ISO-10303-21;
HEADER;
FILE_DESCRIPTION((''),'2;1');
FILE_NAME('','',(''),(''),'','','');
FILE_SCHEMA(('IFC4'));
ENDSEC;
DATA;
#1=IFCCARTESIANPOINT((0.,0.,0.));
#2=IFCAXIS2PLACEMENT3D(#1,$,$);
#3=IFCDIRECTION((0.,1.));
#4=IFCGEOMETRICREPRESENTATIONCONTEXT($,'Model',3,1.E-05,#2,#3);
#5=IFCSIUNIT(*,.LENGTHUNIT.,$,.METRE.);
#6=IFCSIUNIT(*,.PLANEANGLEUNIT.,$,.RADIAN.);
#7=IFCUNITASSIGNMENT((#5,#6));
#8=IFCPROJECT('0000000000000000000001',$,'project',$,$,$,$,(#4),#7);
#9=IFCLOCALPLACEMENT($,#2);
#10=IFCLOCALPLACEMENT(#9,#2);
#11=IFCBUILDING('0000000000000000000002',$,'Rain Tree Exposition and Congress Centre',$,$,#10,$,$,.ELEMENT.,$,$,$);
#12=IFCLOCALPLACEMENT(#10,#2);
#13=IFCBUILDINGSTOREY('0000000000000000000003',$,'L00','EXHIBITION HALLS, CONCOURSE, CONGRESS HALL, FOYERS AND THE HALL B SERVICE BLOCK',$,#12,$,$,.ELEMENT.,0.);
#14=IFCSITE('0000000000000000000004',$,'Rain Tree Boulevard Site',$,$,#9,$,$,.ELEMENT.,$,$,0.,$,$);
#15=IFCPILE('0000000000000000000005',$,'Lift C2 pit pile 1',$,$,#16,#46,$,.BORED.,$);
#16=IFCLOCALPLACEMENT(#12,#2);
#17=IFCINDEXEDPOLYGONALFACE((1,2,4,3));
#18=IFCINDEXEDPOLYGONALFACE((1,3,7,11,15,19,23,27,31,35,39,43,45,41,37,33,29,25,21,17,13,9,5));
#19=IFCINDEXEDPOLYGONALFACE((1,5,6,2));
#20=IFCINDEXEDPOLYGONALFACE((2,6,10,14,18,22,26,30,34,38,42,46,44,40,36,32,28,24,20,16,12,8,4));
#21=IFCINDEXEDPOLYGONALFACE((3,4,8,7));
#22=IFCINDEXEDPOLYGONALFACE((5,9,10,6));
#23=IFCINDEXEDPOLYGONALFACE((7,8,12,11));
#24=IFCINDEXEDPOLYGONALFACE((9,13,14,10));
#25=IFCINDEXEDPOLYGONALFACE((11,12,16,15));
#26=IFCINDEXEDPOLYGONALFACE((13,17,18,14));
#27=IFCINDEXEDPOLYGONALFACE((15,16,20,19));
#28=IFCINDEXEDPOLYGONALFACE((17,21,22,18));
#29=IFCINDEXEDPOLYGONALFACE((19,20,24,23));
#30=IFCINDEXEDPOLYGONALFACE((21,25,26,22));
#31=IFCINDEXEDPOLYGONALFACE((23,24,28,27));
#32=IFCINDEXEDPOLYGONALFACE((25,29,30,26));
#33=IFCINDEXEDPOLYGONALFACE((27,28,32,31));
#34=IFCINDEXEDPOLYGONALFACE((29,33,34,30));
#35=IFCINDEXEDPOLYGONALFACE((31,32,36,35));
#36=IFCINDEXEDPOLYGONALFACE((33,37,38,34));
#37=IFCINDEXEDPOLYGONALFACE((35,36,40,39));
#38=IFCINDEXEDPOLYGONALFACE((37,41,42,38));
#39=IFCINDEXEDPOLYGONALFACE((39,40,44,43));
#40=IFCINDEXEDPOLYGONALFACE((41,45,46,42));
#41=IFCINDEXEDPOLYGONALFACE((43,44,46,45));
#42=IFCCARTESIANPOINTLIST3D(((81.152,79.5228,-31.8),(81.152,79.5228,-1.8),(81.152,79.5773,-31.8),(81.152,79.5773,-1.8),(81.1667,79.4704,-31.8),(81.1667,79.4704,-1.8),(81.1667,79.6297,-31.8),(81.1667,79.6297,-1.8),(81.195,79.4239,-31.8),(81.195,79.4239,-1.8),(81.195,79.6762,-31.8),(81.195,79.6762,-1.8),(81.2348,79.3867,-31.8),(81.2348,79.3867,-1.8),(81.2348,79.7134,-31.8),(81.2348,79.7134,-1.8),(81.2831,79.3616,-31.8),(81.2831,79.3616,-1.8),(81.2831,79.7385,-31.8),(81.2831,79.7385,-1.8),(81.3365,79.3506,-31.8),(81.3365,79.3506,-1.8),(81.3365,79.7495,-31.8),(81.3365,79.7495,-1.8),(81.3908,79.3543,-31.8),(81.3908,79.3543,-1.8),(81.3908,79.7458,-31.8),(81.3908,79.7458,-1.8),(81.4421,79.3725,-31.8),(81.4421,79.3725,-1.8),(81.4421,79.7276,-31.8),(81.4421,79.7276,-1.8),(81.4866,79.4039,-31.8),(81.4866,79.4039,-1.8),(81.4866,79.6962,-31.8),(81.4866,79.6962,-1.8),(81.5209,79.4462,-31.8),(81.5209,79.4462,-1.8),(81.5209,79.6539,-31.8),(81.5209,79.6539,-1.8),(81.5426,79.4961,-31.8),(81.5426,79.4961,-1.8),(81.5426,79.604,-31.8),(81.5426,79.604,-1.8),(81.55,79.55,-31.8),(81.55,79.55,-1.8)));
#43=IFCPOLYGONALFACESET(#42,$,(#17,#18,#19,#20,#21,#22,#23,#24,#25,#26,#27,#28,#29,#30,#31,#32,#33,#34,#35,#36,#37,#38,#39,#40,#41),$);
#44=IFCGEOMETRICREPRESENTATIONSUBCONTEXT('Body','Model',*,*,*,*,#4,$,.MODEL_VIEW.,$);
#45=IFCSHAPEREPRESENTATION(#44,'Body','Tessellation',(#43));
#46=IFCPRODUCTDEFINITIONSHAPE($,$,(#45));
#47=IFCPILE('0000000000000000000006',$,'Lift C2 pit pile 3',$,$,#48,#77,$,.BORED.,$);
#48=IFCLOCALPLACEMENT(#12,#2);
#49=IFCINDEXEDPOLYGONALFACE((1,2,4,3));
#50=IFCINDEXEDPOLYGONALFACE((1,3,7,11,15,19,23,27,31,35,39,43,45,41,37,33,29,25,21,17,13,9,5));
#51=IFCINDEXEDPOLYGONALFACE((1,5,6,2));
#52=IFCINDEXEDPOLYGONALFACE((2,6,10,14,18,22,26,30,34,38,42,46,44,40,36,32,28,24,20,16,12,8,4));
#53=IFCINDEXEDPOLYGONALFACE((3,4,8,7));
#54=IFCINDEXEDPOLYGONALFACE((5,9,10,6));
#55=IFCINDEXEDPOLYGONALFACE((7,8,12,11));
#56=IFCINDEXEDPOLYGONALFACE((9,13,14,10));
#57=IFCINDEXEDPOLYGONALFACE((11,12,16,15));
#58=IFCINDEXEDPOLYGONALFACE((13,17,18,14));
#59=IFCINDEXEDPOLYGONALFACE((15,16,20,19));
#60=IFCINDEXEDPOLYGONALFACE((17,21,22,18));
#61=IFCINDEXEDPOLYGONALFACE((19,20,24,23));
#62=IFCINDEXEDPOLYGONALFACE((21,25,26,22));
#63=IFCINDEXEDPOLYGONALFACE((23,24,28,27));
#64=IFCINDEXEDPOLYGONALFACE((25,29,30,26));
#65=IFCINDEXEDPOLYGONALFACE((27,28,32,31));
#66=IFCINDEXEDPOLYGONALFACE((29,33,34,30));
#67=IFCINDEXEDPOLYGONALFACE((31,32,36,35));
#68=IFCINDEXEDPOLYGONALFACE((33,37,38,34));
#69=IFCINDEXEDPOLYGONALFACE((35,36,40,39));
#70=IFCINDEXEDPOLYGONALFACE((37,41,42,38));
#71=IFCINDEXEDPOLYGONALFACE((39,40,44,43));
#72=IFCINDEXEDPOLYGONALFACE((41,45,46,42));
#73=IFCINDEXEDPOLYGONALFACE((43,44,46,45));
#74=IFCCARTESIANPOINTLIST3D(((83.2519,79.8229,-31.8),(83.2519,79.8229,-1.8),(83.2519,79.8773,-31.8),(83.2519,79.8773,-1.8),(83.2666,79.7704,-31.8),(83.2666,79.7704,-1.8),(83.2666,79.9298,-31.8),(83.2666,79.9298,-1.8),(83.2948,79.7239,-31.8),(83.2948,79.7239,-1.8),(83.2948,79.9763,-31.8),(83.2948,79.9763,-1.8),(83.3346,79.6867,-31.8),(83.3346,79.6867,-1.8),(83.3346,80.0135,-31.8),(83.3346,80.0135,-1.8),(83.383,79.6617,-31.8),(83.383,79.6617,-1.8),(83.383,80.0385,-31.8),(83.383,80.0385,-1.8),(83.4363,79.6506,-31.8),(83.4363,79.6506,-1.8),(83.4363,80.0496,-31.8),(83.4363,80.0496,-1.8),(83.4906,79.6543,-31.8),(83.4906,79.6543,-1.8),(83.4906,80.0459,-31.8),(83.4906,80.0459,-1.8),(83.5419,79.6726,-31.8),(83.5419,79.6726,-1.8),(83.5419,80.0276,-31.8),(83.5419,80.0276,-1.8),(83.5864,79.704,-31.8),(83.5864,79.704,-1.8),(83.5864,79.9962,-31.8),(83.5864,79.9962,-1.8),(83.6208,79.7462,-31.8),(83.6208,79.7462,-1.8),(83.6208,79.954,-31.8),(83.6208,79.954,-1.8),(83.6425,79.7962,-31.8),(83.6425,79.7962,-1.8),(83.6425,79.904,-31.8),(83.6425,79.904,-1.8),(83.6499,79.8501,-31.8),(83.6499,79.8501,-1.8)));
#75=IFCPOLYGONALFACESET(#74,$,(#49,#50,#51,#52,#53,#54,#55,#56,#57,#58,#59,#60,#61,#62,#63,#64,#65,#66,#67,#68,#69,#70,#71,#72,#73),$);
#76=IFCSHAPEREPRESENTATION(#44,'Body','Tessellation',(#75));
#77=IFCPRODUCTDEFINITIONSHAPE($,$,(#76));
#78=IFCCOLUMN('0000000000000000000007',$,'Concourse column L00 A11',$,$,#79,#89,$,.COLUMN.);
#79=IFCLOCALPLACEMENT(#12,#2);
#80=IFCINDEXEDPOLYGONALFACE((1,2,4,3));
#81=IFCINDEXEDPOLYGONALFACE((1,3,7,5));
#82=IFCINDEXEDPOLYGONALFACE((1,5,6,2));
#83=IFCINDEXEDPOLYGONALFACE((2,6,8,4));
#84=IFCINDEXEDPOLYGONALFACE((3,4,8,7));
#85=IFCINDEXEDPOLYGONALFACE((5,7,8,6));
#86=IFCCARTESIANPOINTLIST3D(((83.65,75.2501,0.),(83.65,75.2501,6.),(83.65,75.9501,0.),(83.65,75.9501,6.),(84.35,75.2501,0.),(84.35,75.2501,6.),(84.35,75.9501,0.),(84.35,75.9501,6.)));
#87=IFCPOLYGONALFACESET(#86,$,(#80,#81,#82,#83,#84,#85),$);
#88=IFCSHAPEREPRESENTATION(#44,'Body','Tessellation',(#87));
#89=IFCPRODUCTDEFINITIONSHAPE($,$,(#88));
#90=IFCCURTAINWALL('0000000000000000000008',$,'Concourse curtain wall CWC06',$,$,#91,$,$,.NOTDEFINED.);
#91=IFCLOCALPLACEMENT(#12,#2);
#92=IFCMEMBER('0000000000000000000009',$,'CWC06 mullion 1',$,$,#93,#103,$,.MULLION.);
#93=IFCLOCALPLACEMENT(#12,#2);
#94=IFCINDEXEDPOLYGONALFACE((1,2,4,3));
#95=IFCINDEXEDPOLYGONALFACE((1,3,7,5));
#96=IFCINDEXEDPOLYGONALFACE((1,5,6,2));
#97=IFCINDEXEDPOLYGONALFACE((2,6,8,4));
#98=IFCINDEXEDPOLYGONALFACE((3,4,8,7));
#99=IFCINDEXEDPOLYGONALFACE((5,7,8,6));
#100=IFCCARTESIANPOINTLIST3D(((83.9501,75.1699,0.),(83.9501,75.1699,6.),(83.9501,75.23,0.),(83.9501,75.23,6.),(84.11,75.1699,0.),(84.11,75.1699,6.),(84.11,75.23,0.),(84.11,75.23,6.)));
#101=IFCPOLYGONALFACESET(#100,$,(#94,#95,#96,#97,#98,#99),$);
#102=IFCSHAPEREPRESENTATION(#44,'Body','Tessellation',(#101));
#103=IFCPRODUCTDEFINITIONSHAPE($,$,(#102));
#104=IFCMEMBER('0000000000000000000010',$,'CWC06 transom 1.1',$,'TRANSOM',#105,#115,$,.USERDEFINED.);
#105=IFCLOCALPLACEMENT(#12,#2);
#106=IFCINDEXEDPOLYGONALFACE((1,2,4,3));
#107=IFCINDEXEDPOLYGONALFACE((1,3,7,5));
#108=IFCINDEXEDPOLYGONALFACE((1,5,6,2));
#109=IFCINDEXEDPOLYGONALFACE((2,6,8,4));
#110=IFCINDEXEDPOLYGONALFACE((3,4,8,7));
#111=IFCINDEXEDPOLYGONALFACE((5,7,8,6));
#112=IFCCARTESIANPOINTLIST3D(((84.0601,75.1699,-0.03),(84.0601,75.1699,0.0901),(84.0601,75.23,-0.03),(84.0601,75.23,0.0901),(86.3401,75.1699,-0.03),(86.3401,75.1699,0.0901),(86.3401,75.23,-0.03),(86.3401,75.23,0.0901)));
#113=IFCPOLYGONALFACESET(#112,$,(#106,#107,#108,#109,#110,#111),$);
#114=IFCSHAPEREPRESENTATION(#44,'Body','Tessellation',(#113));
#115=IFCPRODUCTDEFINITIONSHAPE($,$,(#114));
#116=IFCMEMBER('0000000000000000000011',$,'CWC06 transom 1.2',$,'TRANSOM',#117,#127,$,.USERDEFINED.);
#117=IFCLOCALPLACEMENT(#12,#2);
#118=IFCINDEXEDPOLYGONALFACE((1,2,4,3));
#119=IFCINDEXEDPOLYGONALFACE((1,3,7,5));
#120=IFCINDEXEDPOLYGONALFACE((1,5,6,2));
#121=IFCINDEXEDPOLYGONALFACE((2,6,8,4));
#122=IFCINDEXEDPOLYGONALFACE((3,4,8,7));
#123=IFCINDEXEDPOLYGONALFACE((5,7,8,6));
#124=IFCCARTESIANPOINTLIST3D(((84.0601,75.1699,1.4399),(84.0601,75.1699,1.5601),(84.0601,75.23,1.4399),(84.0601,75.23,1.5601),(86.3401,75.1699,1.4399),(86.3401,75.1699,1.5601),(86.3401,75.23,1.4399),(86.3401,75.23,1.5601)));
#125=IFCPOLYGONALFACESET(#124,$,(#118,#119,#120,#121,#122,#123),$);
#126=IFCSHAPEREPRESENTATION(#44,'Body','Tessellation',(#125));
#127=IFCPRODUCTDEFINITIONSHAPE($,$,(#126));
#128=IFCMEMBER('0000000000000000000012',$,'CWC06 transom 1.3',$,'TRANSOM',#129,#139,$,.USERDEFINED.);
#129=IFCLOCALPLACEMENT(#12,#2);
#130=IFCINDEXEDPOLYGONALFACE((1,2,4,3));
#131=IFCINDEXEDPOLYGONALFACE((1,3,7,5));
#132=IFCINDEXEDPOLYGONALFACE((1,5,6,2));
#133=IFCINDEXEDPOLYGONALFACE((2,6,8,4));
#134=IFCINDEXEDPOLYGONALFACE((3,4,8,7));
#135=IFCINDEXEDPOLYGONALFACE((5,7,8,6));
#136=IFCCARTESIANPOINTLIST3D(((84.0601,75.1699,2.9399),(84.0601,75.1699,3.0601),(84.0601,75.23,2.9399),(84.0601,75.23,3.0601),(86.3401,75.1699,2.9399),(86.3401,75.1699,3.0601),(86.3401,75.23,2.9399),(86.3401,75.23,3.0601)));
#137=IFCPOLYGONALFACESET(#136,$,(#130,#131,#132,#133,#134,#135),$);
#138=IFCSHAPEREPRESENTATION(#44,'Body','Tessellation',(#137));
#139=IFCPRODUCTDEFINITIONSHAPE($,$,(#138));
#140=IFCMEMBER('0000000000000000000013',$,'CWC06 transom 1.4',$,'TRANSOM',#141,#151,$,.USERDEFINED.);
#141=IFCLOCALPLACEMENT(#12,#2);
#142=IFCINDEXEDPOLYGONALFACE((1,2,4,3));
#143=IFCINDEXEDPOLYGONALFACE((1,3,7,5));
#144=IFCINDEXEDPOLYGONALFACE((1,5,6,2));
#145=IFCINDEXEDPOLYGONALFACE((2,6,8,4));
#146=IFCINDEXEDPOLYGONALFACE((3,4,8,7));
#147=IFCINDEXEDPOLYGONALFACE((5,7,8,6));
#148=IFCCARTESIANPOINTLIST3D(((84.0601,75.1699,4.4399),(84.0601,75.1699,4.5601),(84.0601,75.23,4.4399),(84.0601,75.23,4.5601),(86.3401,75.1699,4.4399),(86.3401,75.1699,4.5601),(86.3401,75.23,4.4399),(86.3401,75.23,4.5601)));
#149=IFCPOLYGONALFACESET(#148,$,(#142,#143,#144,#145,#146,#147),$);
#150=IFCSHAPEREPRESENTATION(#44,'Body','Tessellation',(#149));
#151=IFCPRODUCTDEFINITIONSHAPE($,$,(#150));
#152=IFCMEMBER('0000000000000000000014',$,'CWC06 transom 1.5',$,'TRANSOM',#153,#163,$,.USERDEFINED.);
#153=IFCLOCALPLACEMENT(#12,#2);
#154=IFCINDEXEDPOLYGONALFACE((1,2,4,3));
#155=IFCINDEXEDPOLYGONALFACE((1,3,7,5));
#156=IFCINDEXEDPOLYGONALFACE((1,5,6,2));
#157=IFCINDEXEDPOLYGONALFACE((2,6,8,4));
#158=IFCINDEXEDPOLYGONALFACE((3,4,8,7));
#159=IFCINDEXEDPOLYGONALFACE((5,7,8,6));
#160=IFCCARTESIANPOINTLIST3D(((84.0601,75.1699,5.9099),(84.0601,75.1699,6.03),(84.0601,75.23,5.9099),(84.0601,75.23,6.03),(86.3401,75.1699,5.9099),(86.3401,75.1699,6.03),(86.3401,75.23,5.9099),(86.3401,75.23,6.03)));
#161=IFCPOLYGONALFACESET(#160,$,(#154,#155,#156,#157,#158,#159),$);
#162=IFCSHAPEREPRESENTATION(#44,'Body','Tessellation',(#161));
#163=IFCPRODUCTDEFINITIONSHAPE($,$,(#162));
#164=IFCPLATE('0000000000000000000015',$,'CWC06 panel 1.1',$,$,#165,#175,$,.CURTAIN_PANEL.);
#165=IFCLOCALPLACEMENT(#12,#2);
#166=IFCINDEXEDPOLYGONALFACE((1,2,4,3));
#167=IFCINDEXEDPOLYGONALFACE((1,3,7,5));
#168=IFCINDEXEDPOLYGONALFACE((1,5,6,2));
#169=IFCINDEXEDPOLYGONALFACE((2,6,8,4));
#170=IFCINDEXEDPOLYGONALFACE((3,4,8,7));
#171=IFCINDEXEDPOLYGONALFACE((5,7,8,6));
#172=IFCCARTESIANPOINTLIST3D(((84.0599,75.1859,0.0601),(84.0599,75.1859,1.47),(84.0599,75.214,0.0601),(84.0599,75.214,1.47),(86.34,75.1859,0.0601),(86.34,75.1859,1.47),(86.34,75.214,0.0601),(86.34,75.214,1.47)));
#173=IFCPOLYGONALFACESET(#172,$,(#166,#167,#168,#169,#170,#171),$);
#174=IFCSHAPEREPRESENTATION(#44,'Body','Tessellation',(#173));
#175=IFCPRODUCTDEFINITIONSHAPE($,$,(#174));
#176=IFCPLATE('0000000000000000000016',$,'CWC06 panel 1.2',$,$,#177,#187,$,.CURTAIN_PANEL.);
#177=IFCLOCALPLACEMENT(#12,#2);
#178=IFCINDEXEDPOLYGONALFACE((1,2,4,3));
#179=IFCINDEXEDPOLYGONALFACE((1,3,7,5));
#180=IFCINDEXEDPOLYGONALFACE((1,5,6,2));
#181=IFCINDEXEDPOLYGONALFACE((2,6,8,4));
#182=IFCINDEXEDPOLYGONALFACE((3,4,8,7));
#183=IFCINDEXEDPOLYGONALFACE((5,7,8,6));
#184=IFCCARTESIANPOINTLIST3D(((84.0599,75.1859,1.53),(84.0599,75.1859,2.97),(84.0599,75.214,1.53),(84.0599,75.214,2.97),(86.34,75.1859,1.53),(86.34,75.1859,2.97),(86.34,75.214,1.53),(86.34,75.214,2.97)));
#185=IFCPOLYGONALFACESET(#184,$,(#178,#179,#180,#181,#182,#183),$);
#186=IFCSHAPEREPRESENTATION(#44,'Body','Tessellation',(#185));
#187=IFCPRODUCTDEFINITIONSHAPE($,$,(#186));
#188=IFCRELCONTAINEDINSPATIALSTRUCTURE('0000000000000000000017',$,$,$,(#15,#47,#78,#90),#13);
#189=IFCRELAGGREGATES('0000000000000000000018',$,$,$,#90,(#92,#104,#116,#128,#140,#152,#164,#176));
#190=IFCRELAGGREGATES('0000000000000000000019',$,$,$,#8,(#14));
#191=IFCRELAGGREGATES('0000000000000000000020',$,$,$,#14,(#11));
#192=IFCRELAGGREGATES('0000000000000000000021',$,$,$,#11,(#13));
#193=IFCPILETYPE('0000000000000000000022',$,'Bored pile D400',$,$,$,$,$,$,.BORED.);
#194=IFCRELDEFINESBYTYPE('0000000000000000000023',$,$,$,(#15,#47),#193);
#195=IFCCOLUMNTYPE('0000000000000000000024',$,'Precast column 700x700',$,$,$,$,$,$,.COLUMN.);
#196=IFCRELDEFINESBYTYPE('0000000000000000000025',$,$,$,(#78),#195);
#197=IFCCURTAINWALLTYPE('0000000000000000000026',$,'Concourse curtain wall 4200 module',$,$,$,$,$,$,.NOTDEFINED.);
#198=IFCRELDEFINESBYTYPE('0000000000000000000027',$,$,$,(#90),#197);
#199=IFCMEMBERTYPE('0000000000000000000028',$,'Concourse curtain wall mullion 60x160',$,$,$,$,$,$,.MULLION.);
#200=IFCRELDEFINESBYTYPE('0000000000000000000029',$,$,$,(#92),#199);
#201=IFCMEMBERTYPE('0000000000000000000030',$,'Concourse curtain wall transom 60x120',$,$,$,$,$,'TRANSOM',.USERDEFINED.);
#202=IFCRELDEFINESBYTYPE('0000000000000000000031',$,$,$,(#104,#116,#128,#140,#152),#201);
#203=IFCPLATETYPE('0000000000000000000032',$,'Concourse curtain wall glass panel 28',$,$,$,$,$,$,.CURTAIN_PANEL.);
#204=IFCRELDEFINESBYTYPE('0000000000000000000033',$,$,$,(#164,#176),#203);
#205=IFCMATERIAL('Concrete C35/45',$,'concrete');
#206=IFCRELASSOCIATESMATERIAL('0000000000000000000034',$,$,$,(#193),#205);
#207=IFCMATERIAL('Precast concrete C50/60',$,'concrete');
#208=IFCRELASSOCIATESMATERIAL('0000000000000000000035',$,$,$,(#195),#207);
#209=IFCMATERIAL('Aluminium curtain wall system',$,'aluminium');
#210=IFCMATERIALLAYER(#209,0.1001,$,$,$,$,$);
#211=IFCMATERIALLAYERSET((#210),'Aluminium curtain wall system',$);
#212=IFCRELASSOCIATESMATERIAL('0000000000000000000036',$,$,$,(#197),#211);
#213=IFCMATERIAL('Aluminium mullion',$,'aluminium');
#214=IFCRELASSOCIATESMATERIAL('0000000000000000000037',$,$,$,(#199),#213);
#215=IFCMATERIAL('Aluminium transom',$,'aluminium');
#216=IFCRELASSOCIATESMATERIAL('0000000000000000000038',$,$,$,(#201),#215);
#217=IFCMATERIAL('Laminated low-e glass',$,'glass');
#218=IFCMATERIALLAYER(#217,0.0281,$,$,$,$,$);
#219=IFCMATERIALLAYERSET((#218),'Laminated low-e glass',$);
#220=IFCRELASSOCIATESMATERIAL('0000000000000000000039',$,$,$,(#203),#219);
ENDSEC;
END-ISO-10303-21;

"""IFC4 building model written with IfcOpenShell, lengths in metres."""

from ifc_helpers import new_model, si_unit, direction, frame, origin, origin_2d, place, context, subcontext, project, spatial, rectangle, circle, extrude, material, layer, layer_set, material_profile, profile_set, type_object, element, aggregate, save


model = new_model("IFC4")

# Units and contexts
model_context = context("Model", 3, precision=1e-05, world=origin(), true_north=direction((0.0, 1.0)))
body_context = subcontext(model_context, "Body", "Model", "MODEL_VIEW")
ifc_project = project(units=[si_unit("LENGTHUNIT", "METRE"), si_unit("PLANEANGLEUNIT", "RADIAN")], contexts=[model_context])

# Site, building, storey
site_placement = place(None, origin())
site = spatial("IfcSite", under=ifc_project, at=site_placement, Name="Rain Tree Boulevard Site", CompositionType="ELEMENT", RefElevation=0.0)
building_placement = place(site_placement, origin())
building = spatial("IfcBuilding", under=site, at=building_placement, Name="Rain Tree Exposition and Congress Centre", CompositionType="ELEMENT")
storey_placement = place(building_placement, origin())
storey = spatial("IfcBuildingStorey", under=building, at=storey_placement, Name="L00", Description="EXHIBITION HALLS, CONCOURSE, CONGRESS HALL, FOYERS AND THE HALL B SERVICE BLOCK", CompositionType="ELEMENT", Elevation=0.0)

# Piles
ifc_material_1 = material(Name="Concrete C35/45", Category="concrete")
ifc_material_profile_1 = material_profile(ifc_material_1, circle(Radius=0.2, at=origin_2d()), Name="D400")
ifc_profile_set_1 = profile_set([ifc_material_profile_1], Name="Concrete C35/45")
pile_type = type_object("IfcPileType", Name="Bored pile D400", PredefinedType="BORED", material=ifc_profile_set_1)
for number, where, z_axis, x_axis, name in (
    (1, (81.3501, 79.55, -1.8), (0.0, 0.0, -1.0), (1.0, 0.0, 0.0), "Lift C2 pit pile 1"),
    (2, (83.45, 79.8501, -1.8), (0.0, 0.0, -1.0), (1.0, 0.0, 0.0), "Lift C2 pit pile 3"),
):
    element("IfcPile", number, at=place(storey_placement, frame(where, z_axis=z_axis, x_axis=x_axis)), inside=storey, type_object=pile_type, Name=name, PredefinedType="BORED", context=body_context, shape_type="SweptSolid", body=[
        extrude(circle(Radius=0.2, at=origin_2d()), origin(), (0.0, 0.0, 1.0), 30.0),
    ])

# Column
ifc_material_2 = material(Name="Precast concrete C50/60", Category="concrete")
ifc_material_profile_2 = material_profile(ifc_material_2, rectangle(XDim=0.7, YDim=0.7, at=origin_2d()), Name="RC 700x700")
ifc_profile_set_2 = profile_set([ifc_material_profile_2], Name="Precast concrete C50/60")
column_type = type_object("IfcColumnType", Name="Precast column 700x700", PredefinedType="COLUMN", material=ifc_profile_set_2)
column_placement = place(storey_placement, frame((84.0, 75.6001, 0.0), z_axis=(0.0, 0.0, 1.0), x_axis=(1.0, 0.0, 0.0)))
element("IfcColumn", 3, at=column_placement, inside=storey, type_object=column_type, Name="Concourse column L00 A11", PredefinedType="COLUMN", context=body_context, shape_type="SweptSolid", body=[
    extrude(rectangle(XDim=0.7, YDim=0.7, at=origin_2d()), origin(), (0.0, 0.0, 1.0), 6.0),
])

# Curtain wall, members, plates
ifc_material_3 = material(Name="Aluminium curtain wall system", Category="aluminium")
ifc_layer_1 = layer(ifc_material_3, 0.1001)
ifc_layer_set_1 = layer_set([ifc_layer_1], Name="Aluminium curtain wall system")
curtain_wall_type = type_object("IfcCurtainWallType", Name="Concourse curtain wall 4200 module", PredefinedType="NOTDEFINED", material=ifc_layer_set_1)
curtain_wall_placement = place(storey_placement, origin())
curtain_wall = element("IfcCurtainWall", 4, at=curtain_wall_placement, inside=storey, type_object=curtain_wall_type, Name="Concourse curtain wall CWC06", PredefinedType="NOTDEFINED")
ifc_material_4 = material(Name="Aluminium mullion", Category="aluminium")
ifc_material_profile_3 = material_profile(ifc_material_4, rectangle(XDim=0.0601, YDim=0.1599, at=origin_2d()), Name="AL 60x160")
ifc_profile_set_3 = profile_set([ifc_material_profile_3], Name="Aluminium mullion")
member_type_1 = type_object("IfcMemberType", Name="Concourse curtain wall mullion 60x160", PredefinedType="MULLION", material=ifc_profile_set_3)
member_1_placement = place(storey_placement, frame((84.03, 75.2, 0.0), z_axis=(0.0, 0.0, 1.0), x_axis=(0.0, 1.0, 0.0)))
member_1 = element("IfcMember", 5, at=member_1_placement, type_object=member_type_1, Name="CWC06 mullion 1", PredefinedType="MULLION", context=body_context, shape_type="SweptSolid", body=[
    extrude(rectangle(XDim=0.0601, YDim=0.1599, at=origin_2d()), origin(), (0.0, 0.0, 1.0), 6.0),
])
ifc_material_5 = material(Name="Aluminium transom", Category="aluminium")
ifc_material_profile_4 = material_profile(ifc_material_5, rectangle(XDim=0.0601, YDim=0.1201, at=origin_2d()), Name="AL 60x120")
ifc_profile_set_4 = profile_set([ifc_material_profile_4], Name="Aluminium transom")
member_type_2 = type_object("IfcMemberType", Name="Concourse curtain wall transom 60x120", ElementType="TRANSOM", PredefinedType="USERDEFINED", material=ifc_profile_set_4)
member_2_placement = place(storey_placement, frame((84.0601, 75.2, 0.03), z_axis=(1.0, 0.0, 0.0), x_axis=(0.0, 1.0, 0.0)))
member_2 = element("IfcMember", 6, at=member_2_placement, type_object=member_type_2, Name="CWC06 transom 1.1", ObjectType="TRANSOM", PredefinedType="USERDEFINED", context=body_context, shape_type="SweptSolid", body=[
    extrude(rectangle(XDim=0.0601, YDim=0.1201, at=origin_2d()), origin(), (0.0, 0.0, 1.0), 2.28),
])
member_3_placement = place(storey_placement, frame((84.0601, 75.2, 1.5), z_axis=(1.0, 0.0, 0.0), x_axis=(0.0, 1.0, 0.0)))
member_3 = element("IfcMember", 7, at=member_3_placement, type_object=member_type_2, Name="CWC06 transom 1.2", ObjectType="TRANSOM", PredefinedType="USERDEFINED", context=body_context, shape_type="SweptSolid", body=[
    extrude(rectangle(XDim=0.0601, YDim=0.1201, at=origin_2d()), origin(), (0.0, 0.0, 1.0), 2.28),
])
member_4_placement = place(storey_placement, frame((84.0601, 75.2, 3.0), z_axis=(1.0, 0.0, 0.0), x_axis=(0.0, 1.0, 0.0)))
member_4 = element("IfcMember", 8, at=member_4_placement, type_object=member_type_2, Name="CWC06 transom 1.3", ObjectType="TRANSOM", PredefinedType="USERDEFINED", context=body_context, shape_type="SweptSolid", body=[
    extrude(rectangle(XDim=0.0601, YDim=0.1201, at=origin_2d()), origin(), (0.0, 0.0, 1.0), 2.28),
])
member_5_placement = place(storey_placement, frame((84.0601, 75.2, 4.5), z_axis=(1.0, 0.0, 0.0), x_axis=(0.0, 1.0, 0.0)))
member_5 = element("IfcMember", 9, at=member_5_placement, type_object=member_type_2, Name="CWC06 transom 1.4", ObjectType="TRANSOM", PredefinedType="USERDEFINED", context=body_context, shape_type="SweptSolid", body=[
    extrude(rectangle(XDim=0.0601, YDim=0.1201, at=origin_2d()), origin(), (0.0, 0.0, 1.0), 2.28),
])
member_6_placement = place(storey_placement, frame((84.0601, 75.2, 5.97), z_axis=(1.0, 0.0, 0.0), x_axis=(0.0, 1.0, 0.0)))
member_6 = element("IfcMember", 10, at=member_6_placement, type_object=member_type_2, Name="CWC06 transom 1.5", ObjectType="TRANSOM", PredefinedType="USERDEFINED", context=body_context, shape_type="SweptSolid", body=[
    extrude(rectangle(XDim=0.0601, YDim=0.1201, at=origin_2d()), origin(), (0.0, 0.0, 1.0), 2.28),
])
ifc_material_6 = material(Name="Laminated low-e glass", Category="glass")
ifc_layer_2 = layer(ifc_material_6, 0.0281)
ifc_layer_set_2 = layer_set([ifc_layer_2], Name="Laminated low-e glass")
plate_type = type_object("IfcPlateType", Name="Concourse curtain wall glass panel 28", PredefinedType="CURTAIN_PANEL", material=ifc_layer_set_2)
plate_1_placement = place(storey_placement, frame((85.2, 75.2, 0.0601), z_axis=(0.0, 0.0, 1.0), x_axis=(1.0, 0.0, 0.0)))
plate_1 = element("IfcPlate", 11, at=plate_1_placement, type_object=plate_type, Name="CWC06 panel 1.1", PredefinedType="CURTAIN_PANEL", context=body_context, shape_type="SweptSolid", body=[
    extrude(rectangle(XDim=2.28, YDim=0.0281, at=origin_2d()), origin(), (0.0, 0.0, 1.0), 1.4099),
])
plate_2_placement = place(storey_placement, frame((85.2, 75.2, 1.53), z_axis=(0.0, 0.0, 1.0), x_axis=(1.0, 0.0, 0.0)))
plate_2 = element("IfcPlate", 12, at=plate_2_placement, type_object=plate_type, Name="CWC06 panel 1.2", PredefinedType="CURTAIN_PANEL", context=body_context, shape_type="SweptSolid", body=[
    extrude(rectangle(XDim=2.28, YDim=0.0281, at=origin_2d()), origin(), (0.0, 0.0, 1.0), 1.4399),
])
aggregate(curtain_wall, [member_1, member_2, member_3, member_4, member_5, member_6, plate_1, plate_2])

save(model, "model.ifc")
